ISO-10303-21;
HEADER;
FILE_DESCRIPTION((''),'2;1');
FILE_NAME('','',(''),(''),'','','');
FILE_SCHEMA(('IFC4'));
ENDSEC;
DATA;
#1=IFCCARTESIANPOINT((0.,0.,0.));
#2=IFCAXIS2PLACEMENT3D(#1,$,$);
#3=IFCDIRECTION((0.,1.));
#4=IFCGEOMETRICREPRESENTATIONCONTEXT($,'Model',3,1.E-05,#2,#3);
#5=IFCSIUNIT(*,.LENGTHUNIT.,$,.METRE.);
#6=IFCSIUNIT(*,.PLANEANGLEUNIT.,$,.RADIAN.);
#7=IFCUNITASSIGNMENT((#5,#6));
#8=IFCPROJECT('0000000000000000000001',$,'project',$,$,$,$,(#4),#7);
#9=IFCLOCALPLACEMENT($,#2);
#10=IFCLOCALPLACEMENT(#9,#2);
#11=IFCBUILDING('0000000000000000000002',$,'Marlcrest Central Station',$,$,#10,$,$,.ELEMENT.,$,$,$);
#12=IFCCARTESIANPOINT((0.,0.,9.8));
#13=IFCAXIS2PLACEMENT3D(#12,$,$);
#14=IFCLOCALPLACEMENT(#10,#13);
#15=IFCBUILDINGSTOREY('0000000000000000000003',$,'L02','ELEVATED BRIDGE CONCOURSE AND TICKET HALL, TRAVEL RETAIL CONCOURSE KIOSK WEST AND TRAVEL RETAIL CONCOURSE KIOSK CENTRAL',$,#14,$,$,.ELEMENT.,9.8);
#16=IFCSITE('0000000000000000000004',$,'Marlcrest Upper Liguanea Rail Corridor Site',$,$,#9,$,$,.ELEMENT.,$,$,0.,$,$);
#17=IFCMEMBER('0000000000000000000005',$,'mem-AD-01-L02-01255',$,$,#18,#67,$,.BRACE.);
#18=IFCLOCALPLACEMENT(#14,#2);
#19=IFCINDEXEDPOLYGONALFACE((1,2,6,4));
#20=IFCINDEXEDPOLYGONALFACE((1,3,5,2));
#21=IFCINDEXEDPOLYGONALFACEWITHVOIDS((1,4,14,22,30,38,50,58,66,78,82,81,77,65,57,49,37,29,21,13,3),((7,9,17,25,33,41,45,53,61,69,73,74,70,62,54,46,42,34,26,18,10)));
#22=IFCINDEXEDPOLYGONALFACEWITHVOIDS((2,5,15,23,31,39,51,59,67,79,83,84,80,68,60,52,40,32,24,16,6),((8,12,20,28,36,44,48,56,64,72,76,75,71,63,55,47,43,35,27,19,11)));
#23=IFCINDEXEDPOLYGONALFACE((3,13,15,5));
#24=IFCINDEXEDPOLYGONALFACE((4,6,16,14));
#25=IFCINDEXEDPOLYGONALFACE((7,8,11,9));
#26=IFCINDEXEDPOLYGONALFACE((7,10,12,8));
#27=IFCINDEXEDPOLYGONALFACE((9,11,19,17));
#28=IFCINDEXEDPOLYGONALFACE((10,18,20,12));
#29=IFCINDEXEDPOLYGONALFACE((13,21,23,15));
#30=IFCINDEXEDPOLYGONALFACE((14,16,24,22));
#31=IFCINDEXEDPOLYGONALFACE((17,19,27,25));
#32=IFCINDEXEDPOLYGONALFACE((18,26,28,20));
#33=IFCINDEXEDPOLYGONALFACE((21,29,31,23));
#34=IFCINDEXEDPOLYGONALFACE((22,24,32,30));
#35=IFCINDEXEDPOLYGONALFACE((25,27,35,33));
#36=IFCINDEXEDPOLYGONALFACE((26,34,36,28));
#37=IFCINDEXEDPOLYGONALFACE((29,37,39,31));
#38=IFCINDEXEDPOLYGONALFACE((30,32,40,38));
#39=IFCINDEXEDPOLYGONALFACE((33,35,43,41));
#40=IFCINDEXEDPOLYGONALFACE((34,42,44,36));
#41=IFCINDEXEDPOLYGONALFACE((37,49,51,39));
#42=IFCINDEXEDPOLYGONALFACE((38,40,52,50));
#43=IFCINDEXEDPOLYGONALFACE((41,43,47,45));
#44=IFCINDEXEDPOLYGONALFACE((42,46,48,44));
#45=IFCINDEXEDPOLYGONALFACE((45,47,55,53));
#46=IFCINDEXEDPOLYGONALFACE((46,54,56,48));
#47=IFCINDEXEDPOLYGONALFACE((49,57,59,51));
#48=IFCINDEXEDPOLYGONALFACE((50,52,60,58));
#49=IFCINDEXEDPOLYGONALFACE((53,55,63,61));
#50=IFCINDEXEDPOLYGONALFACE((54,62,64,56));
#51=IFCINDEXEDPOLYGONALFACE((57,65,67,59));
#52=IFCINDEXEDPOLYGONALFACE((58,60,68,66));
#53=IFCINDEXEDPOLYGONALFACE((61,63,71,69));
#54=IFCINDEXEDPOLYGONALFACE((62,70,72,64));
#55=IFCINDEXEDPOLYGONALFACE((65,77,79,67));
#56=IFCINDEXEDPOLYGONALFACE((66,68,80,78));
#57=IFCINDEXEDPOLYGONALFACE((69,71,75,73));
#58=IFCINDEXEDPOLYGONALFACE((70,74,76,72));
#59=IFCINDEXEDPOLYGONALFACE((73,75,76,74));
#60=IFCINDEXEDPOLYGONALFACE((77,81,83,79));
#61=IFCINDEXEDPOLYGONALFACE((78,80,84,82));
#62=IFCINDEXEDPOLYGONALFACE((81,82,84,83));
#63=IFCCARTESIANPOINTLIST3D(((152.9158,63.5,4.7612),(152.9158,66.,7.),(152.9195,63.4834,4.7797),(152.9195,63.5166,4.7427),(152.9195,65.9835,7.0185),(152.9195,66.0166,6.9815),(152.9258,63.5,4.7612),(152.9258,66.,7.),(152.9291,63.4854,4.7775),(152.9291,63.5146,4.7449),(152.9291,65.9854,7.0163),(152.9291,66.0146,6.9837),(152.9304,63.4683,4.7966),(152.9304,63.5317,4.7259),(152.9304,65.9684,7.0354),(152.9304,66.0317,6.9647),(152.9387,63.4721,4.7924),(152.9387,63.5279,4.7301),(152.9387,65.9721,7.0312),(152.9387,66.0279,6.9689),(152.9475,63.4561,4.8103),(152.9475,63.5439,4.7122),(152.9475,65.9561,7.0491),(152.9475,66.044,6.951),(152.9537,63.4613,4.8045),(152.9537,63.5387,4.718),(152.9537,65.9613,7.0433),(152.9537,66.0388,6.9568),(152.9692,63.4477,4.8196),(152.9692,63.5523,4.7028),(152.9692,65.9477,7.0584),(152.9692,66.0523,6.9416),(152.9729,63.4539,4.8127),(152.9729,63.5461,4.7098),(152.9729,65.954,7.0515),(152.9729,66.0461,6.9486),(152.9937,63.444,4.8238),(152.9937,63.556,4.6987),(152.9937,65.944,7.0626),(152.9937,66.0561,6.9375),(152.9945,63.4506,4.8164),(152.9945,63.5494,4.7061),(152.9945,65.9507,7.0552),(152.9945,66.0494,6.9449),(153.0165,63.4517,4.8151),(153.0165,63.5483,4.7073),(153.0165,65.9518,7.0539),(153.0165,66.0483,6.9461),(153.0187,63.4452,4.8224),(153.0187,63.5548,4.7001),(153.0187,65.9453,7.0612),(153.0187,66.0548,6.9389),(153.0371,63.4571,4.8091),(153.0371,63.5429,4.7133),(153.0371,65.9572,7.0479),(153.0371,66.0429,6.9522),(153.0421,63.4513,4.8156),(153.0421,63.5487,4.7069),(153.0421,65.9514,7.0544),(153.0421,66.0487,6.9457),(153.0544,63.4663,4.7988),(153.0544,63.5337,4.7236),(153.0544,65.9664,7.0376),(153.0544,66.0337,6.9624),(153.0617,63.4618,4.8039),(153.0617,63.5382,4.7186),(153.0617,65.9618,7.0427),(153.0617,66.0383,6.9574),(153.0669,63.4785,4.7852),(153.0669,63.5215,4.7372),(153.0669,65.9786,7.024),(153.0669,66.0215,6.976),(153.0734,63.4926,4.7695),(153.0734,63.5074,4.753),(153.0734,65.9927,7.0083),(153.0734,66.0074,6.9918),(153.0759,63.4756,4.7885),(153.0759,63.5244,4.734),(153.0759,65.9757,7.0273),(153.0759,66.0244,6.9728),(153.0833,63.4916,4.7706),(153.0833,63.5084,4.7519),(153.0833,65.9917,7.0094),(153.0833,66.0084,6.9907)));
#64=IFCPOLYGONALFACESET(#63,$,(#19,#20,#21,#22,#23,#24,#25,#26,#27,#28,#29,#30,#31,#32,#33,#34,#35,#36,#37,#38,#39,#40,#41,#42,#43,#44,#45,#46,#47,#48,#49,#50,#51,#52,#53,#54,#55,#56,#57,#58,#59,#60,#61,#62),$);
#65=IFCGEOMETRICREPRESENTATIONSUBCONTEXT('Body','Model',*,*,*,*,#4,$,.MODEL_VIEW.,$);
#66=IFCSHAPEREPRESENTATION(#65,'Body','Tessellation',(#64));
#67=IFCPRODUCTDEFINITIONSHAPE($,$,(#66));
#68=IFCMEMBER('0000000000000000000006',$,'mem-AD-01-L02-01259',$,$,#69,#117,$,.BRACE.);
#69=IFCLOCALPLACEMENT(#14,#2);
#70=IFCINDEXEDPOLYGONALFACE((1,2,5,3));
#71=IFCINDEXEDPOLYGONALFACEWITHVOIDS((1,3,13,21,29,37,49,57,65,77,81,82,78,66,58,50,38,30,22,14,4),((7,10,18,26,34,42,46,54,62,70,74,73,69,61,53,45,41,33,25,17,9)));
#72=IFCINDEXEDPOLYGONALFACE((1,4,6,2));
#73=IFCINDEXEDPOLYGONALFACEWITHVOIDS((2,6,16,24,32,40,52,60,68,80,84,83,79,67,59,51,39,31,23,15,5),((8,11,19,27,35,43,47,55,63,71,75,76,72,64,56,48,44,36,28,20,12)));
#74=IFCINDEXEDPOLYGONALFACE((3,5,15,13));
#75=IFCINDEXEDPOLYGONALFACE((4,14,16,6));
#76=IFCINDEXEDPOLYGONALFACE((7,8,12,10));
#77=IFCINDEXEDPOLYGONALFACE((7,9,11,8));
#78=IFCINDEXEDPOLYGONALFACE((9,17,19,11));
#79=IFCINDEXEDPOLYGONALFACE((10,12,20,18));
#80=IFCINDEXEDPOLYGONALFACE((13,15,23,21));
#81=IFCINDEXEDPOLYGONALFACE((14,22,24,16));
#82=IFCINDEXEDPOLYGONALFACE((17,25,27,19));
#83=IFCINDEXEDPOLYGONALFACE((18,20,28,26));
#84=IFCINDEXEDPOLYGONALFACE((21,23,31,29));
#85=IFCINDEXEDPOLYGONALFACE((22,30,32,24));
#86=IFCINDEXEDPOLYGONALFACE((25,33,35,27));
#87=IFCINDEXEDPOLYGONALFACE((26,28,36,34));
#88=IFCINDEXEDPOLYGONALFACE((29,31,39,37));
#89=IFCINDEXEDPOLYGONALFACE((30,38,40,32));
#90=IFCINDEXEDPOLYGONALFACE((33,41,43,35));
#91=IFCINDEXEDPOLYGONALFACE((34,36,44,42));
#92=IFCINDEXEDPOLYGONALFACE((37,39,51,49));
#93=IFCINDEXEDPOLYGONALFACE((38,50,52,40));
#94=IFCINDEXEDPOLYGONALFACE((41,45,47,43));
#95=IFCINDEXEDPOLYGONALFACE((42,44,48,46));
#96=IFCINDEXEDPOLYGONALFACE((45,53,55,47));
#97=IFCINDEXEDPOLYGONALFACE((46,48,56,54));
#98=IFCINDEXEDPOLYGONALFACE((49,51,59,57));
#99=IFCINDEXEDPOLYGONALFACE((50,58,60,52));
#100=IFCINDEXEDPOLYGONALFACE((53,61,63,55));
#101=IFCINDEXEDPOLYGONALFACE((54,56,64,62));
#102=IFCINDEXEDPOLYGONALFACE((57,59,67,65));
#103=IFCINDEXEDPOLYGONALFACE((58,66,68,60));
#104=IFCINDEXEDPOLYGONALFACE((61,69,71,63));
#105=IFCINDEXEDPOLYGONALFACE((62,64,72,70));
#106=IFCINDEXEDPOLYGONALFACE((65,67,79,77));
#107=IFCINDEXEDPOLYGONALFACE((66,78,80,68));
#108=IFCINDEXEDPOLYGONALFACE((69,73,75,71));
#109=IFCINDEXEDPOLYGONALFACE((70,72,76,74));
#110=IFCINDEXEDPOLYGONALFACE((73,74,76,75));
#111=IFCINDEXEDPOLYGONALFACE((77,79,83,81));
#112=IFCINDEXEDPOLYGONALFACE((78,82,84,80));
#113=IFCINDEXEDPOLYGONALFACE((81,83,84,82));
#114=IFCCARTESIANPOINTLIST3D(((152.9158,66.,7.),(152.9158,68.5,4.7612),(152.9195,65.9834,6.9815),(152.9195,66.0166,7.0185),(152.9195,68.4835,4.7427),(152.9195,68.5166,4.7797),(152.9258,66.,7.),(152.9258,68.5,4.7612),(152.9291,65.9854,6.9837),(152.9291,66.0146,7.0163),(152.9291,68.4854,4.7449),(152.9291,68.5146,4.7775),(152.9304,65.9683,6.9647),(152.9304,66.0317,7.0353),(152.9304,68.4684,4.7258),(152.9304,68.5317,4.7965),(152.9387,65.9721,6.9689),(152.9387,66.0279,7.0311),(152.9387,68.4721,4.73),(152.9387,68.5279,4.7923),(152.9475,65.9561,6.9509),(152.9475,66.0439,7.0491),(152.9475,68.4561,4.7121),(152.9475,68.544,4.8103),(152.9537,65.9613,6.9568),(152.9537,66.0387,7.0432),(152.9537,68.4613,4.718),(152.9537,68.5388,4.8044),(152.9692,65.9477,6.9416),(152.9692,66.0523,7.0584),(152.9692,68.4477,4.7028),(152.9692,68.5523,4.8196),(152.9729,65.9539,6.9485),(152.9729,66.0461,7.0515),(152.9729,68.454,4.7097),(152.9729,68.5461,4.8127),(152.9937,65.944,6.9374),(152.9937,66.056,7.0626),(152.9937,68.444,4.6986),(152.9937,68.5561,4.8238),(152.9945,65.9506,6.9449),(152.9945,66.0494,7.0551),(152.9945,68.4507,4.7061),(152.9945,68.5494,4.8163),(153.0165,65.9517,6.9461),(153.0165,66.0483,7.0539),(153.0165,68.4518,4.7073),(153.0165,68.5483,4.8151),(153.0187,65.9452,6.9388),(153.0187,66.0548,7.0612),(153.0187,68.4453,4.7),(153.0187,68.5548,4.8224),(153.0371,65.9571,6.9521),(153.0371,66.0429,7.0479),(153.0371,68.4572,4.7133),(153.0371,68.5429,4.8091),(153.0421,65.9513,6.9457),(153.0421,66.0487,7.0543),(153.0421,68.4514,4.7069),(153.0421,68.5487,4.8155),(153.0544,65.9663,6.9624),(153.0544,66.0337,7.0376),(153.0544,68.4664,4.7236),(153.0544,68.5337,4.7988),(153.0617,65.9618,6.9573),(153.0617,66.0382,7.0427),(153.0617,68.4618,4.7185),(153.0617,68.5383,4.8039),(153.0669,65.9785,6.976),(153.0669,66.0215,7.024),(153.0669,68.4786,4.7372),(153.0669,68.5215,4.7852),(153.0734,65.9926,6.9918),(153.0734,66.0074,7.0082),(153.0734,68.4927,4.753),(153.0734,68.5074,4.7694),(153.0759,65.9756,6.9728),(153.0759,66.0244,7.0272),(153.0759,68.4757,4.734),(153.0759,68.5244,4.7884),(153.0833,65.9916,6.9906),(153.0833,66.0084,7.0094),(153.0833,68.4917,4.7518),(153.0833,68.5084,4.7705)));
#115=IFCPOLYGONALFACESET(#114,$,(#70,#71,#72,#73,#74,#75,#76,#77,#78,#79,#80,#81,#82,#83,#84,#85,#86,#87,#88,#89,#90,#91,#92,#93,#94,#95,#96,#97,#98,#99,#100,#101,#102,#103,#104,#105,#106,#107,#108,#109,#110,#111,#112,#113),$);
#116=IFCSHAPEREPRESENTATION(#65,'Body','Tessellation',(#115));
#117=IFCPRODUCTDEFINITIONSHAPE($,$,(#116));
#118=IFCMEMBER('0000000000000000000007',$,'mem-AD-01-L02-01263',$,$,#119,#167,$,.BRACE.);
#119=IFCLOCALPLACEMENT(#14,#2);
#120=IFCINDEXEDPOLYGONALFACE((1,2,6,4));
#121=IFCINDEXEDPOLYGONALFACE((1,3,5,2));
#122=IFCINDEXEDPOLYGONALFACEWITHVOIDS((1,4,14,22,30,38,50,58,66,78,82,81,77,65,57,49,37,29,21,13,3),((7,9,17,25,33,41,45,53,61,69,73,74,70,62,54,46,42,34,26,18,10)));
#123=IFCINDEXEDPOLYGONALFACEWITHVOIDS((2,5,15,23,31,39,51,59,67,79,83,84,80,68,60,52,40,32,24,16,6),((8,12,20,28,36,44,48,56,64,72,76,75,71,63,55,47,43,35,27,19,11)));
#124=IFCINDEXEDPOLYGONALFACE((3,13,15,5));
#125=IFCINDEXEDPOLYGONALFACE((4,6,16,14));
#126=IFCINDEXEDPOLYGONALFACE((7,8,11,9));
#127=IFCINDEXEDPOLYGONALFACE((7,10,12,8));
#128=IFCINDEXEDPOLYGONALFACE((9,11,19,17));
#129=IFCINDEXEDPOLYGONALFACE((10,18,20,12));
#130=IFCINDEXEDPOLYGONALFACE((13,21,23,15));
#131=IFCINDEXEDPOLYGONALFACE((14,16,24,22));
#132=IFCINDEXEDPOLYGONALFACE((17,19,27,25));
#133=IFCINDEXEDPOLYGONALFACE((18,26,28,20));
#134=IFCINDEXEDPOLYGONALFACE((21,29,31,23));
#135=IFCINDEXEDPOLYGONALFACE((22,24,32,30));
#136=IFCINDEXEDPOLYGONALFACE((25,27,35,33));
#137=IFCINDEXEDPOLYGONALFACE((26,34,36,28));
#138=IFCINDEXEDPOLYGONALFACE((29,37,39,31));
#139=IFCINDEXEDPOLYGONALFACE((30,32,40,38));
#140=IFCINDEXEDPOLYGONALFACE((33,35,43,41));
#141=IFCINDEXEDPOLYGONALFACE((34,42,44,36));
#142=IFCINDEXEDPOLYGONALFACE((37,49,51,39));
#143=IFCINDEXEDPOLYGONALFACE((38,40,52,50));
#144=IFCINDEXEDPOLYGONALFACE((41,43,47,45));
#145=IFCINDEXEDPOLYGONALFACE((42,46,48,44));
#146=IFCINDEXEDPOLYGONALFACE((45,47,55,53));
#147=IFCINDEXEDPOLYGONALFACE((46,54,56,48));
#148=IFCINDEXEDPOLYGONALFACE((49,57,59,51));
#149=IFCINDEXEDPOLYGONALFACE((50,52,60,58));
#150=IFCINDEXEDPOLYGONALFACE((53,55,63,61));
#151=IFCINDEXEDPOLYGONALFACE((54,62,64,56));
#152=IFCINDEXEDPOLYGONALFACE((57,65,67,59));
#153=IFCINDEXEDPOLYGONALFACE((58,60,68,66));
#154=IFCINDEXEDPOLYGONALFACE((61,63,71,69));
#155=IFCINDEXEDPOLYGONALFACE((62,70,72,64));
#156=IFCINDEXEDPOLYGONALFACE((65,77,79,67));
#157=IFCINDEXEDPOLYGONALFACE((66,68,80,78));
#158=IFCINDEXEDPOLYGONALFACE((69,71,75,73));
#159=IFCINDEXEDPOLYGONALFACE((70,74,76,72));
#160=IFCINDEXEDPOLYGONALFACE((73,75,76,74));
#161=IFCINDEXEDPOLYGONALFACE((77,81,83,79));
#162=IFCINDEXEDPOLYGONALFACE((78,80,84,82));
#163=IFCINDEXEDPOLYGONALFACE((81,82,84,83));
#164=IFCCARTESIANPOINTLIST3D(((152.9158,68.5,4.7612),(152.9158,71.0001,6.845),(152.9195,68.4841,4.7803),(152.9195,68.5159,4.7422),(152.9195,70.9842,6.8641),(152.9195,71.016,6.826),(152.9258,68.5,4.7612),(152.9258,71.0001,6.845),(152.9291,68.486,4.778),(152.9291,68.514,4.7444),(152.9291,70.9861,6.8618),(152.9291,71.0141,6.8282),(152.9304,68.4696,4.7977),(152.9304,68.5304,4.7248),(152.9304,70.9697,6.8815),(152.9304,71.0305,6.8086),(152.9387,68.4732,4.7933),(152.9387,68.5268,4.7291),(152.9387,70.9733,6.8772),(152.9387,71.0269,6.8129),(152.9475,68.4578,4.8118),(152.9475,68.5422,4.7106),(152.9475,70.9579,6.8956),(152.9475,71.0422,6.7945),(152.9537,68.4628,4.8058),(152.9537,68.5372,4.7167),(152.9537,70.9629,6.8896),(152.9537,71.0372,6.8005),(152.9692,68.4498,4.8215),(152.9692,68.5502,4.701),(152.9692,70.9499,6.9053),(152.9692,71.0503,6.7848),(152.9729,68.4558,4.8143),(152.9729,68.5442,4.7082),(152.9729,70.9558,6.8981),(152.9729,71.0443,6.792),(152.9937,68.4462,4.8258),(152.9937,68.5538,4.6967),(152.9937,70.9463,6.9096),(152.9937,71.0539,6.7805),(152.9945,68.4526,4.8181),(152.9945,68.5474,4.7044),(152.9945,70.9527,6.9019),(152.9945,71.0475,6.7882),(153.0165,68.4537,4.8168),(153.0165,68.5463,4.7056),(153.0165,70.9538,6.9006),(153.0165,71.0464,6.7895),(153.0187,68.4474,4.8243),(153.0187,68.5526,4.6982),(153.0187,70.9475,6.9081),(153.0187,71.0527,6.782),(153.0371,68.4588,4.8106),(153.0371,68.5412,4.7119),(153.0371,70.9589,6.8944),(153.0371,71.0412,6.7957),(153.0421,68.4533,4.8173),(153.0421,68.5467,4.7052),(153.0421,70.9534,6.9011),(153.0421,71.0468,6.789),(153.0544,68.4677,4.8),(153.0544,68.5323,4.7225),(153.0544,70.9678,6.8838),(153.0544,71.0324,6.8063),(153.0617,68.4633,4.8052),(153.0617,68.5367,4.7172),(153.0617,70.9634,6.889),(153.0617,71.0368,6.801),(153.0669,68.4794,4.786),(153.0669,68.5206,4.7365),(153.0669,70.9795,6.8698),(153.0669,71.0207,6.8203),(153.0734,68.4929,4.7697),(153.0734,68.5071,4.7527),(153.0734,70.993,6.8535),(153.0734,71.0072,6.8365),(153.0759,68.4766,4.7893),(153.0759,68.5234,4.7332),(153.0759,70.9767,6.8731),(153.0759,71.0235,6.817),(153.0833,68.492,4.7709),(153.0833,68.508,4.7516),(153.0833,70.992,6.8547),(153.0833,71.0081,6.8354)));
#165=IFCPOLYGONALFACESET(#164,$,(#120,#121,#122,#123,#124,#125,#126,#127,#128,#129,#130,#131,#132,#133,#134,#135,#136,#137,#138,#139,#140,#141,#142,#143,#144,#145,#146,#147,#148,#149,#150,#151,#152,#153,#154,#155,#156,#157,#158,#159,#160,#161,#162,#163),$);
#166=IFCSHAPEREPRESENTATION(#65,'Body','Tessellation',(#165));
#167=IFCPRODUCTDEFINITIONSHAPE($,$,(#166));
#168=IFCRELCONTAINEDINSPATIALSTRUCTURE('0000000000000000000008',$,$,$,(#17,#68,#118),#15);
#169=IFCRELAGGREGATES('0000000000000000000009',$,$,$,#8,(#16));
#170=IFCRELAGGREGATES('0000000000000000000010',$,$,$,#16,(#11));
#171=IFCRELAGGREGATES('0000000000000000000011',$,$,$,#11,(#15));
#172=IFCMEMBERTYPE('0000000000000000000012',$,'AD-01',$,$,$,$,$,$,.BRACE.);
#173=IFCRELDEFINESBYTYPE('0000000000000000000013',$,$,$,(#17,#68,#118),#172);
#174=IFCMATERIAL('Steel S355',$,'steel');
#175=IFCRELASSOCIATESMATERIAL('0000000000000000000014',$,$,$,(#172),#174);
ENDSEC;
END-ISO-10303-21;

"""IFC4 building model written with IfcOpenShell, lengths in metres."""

from ifc_helpers import new_model, si_unit, direction, frame, origin, origin_2d, place, context, subcontext, project, spatial, hollow_circle, extrude, material, material_profile, profile_set, type_object, element, save


model = new_model("IFC4")

# Units and contexts
model_context = context("Model", 3, precision=1e-05, world=origin(), true_north=direction((0.0, 1.0)))
body_context = subcontext(model_context, "Body", "Model", "MODEL_VIEW")
ifc_project = project(units=[si_unit("LENGTHUNIT", "METRE"), si_unit("PLANEANGLEUNIT", "RADIAN")], contexts=[model_context])

# Site, building, storey
site_placement = place(None, origin())
site = spatial("IfcSite", under=ifc_project, at=site_placement, Name="Marlcrest Upper Liguanea Rail Corridor Site", CompositionType="ELEMENT", RefElevation=0.0)
building_placement = place(site_placement, origin())
building = spatial("IfcBuilding", under=site, at=building_placement, Name="Marlcrest Central Station", CompositionType="ELEMENT")
storey_placement = place(building_placement, frame((0.0, 0.0, 9.8)))
storey = spatial("IfcBuildingStorey", under=building, at=storey_placement, Name="L02", Description="ELEVATED BRIDGE CONCOURSE AND TICKET HALL, TRAVEL RETAIL CONCOURSE KIOSK WEST AND TRAVEL RETAIL CONCOURSE KIOSK CENTRAL", CompositionType="ELEMENT", Elevation=9.8)

# Members
ifc_material = material(Name="Steel S355", Category="steel")
ifc_material_profile_1 = material_profile(ifc_material, hollow_circle(Radius=0.0842, WallThickness=0.01, at=origin_2d()), Name="CHS 168.3x10")
ifc_profile_set_1 = profile_set([ifc_material_profile_1], Name="Steel S355")
member_type_1 = type_object("IfcMemberType", Name="AD-01", PredefinedType="BRACE", material=ifc_profile_set_1)
for number, where, z_axis, x_axis, name in (
    (1, (153.0, 63.5, 4.7612), (0.0, 0.744956, 0.667114), (-1.0, 0.0, 0.0), "mem-AD-01-L02-01255"),
    (2, (153.0, 66.0, 7.0), (0.0, 0.744956, -0.667114), (-1.0, 0.0, 0.0), "mem-AD-01-L02-01259"),
):
    element("IfcMember", number, at=place(storey_placement, frame(where, z_axis=z_axis, x_axis=x_axis)), inside=storey, type_object=member_type_1, Name=name, PredefinedType="BRACE", context=body_context, shape_type="SweptSolid", body=[
        extrude(hollow_circle(Radius=0.0842, WallThickness=0.01, at=origin_2d()), origin(), (0.0, 0.0, 1.0), 3.356),
    ])
member_1_placement = place(storey_placement, frame((153.0, 68.5, 4.7612), z_axis=(0.0, 0.76816, 0.640258), x_axis=(-1.0, 0.0, 0.0)))
element("IfcMember", 3, at=member_1_placement, inside=storey, type_object=member_type_1, Name="mem-AD-01-L02-01263", PredefinedType="BRACE", context=body_context, shape_type="SweptSolid", body=[
    extrude(hollow_circle(Radius=0.0842, WallThickness=0.01, at=origin_2d()), origin(), (0.0, 0.0, 1.0), 3.2546),
])

save(model, "model.ifc")
